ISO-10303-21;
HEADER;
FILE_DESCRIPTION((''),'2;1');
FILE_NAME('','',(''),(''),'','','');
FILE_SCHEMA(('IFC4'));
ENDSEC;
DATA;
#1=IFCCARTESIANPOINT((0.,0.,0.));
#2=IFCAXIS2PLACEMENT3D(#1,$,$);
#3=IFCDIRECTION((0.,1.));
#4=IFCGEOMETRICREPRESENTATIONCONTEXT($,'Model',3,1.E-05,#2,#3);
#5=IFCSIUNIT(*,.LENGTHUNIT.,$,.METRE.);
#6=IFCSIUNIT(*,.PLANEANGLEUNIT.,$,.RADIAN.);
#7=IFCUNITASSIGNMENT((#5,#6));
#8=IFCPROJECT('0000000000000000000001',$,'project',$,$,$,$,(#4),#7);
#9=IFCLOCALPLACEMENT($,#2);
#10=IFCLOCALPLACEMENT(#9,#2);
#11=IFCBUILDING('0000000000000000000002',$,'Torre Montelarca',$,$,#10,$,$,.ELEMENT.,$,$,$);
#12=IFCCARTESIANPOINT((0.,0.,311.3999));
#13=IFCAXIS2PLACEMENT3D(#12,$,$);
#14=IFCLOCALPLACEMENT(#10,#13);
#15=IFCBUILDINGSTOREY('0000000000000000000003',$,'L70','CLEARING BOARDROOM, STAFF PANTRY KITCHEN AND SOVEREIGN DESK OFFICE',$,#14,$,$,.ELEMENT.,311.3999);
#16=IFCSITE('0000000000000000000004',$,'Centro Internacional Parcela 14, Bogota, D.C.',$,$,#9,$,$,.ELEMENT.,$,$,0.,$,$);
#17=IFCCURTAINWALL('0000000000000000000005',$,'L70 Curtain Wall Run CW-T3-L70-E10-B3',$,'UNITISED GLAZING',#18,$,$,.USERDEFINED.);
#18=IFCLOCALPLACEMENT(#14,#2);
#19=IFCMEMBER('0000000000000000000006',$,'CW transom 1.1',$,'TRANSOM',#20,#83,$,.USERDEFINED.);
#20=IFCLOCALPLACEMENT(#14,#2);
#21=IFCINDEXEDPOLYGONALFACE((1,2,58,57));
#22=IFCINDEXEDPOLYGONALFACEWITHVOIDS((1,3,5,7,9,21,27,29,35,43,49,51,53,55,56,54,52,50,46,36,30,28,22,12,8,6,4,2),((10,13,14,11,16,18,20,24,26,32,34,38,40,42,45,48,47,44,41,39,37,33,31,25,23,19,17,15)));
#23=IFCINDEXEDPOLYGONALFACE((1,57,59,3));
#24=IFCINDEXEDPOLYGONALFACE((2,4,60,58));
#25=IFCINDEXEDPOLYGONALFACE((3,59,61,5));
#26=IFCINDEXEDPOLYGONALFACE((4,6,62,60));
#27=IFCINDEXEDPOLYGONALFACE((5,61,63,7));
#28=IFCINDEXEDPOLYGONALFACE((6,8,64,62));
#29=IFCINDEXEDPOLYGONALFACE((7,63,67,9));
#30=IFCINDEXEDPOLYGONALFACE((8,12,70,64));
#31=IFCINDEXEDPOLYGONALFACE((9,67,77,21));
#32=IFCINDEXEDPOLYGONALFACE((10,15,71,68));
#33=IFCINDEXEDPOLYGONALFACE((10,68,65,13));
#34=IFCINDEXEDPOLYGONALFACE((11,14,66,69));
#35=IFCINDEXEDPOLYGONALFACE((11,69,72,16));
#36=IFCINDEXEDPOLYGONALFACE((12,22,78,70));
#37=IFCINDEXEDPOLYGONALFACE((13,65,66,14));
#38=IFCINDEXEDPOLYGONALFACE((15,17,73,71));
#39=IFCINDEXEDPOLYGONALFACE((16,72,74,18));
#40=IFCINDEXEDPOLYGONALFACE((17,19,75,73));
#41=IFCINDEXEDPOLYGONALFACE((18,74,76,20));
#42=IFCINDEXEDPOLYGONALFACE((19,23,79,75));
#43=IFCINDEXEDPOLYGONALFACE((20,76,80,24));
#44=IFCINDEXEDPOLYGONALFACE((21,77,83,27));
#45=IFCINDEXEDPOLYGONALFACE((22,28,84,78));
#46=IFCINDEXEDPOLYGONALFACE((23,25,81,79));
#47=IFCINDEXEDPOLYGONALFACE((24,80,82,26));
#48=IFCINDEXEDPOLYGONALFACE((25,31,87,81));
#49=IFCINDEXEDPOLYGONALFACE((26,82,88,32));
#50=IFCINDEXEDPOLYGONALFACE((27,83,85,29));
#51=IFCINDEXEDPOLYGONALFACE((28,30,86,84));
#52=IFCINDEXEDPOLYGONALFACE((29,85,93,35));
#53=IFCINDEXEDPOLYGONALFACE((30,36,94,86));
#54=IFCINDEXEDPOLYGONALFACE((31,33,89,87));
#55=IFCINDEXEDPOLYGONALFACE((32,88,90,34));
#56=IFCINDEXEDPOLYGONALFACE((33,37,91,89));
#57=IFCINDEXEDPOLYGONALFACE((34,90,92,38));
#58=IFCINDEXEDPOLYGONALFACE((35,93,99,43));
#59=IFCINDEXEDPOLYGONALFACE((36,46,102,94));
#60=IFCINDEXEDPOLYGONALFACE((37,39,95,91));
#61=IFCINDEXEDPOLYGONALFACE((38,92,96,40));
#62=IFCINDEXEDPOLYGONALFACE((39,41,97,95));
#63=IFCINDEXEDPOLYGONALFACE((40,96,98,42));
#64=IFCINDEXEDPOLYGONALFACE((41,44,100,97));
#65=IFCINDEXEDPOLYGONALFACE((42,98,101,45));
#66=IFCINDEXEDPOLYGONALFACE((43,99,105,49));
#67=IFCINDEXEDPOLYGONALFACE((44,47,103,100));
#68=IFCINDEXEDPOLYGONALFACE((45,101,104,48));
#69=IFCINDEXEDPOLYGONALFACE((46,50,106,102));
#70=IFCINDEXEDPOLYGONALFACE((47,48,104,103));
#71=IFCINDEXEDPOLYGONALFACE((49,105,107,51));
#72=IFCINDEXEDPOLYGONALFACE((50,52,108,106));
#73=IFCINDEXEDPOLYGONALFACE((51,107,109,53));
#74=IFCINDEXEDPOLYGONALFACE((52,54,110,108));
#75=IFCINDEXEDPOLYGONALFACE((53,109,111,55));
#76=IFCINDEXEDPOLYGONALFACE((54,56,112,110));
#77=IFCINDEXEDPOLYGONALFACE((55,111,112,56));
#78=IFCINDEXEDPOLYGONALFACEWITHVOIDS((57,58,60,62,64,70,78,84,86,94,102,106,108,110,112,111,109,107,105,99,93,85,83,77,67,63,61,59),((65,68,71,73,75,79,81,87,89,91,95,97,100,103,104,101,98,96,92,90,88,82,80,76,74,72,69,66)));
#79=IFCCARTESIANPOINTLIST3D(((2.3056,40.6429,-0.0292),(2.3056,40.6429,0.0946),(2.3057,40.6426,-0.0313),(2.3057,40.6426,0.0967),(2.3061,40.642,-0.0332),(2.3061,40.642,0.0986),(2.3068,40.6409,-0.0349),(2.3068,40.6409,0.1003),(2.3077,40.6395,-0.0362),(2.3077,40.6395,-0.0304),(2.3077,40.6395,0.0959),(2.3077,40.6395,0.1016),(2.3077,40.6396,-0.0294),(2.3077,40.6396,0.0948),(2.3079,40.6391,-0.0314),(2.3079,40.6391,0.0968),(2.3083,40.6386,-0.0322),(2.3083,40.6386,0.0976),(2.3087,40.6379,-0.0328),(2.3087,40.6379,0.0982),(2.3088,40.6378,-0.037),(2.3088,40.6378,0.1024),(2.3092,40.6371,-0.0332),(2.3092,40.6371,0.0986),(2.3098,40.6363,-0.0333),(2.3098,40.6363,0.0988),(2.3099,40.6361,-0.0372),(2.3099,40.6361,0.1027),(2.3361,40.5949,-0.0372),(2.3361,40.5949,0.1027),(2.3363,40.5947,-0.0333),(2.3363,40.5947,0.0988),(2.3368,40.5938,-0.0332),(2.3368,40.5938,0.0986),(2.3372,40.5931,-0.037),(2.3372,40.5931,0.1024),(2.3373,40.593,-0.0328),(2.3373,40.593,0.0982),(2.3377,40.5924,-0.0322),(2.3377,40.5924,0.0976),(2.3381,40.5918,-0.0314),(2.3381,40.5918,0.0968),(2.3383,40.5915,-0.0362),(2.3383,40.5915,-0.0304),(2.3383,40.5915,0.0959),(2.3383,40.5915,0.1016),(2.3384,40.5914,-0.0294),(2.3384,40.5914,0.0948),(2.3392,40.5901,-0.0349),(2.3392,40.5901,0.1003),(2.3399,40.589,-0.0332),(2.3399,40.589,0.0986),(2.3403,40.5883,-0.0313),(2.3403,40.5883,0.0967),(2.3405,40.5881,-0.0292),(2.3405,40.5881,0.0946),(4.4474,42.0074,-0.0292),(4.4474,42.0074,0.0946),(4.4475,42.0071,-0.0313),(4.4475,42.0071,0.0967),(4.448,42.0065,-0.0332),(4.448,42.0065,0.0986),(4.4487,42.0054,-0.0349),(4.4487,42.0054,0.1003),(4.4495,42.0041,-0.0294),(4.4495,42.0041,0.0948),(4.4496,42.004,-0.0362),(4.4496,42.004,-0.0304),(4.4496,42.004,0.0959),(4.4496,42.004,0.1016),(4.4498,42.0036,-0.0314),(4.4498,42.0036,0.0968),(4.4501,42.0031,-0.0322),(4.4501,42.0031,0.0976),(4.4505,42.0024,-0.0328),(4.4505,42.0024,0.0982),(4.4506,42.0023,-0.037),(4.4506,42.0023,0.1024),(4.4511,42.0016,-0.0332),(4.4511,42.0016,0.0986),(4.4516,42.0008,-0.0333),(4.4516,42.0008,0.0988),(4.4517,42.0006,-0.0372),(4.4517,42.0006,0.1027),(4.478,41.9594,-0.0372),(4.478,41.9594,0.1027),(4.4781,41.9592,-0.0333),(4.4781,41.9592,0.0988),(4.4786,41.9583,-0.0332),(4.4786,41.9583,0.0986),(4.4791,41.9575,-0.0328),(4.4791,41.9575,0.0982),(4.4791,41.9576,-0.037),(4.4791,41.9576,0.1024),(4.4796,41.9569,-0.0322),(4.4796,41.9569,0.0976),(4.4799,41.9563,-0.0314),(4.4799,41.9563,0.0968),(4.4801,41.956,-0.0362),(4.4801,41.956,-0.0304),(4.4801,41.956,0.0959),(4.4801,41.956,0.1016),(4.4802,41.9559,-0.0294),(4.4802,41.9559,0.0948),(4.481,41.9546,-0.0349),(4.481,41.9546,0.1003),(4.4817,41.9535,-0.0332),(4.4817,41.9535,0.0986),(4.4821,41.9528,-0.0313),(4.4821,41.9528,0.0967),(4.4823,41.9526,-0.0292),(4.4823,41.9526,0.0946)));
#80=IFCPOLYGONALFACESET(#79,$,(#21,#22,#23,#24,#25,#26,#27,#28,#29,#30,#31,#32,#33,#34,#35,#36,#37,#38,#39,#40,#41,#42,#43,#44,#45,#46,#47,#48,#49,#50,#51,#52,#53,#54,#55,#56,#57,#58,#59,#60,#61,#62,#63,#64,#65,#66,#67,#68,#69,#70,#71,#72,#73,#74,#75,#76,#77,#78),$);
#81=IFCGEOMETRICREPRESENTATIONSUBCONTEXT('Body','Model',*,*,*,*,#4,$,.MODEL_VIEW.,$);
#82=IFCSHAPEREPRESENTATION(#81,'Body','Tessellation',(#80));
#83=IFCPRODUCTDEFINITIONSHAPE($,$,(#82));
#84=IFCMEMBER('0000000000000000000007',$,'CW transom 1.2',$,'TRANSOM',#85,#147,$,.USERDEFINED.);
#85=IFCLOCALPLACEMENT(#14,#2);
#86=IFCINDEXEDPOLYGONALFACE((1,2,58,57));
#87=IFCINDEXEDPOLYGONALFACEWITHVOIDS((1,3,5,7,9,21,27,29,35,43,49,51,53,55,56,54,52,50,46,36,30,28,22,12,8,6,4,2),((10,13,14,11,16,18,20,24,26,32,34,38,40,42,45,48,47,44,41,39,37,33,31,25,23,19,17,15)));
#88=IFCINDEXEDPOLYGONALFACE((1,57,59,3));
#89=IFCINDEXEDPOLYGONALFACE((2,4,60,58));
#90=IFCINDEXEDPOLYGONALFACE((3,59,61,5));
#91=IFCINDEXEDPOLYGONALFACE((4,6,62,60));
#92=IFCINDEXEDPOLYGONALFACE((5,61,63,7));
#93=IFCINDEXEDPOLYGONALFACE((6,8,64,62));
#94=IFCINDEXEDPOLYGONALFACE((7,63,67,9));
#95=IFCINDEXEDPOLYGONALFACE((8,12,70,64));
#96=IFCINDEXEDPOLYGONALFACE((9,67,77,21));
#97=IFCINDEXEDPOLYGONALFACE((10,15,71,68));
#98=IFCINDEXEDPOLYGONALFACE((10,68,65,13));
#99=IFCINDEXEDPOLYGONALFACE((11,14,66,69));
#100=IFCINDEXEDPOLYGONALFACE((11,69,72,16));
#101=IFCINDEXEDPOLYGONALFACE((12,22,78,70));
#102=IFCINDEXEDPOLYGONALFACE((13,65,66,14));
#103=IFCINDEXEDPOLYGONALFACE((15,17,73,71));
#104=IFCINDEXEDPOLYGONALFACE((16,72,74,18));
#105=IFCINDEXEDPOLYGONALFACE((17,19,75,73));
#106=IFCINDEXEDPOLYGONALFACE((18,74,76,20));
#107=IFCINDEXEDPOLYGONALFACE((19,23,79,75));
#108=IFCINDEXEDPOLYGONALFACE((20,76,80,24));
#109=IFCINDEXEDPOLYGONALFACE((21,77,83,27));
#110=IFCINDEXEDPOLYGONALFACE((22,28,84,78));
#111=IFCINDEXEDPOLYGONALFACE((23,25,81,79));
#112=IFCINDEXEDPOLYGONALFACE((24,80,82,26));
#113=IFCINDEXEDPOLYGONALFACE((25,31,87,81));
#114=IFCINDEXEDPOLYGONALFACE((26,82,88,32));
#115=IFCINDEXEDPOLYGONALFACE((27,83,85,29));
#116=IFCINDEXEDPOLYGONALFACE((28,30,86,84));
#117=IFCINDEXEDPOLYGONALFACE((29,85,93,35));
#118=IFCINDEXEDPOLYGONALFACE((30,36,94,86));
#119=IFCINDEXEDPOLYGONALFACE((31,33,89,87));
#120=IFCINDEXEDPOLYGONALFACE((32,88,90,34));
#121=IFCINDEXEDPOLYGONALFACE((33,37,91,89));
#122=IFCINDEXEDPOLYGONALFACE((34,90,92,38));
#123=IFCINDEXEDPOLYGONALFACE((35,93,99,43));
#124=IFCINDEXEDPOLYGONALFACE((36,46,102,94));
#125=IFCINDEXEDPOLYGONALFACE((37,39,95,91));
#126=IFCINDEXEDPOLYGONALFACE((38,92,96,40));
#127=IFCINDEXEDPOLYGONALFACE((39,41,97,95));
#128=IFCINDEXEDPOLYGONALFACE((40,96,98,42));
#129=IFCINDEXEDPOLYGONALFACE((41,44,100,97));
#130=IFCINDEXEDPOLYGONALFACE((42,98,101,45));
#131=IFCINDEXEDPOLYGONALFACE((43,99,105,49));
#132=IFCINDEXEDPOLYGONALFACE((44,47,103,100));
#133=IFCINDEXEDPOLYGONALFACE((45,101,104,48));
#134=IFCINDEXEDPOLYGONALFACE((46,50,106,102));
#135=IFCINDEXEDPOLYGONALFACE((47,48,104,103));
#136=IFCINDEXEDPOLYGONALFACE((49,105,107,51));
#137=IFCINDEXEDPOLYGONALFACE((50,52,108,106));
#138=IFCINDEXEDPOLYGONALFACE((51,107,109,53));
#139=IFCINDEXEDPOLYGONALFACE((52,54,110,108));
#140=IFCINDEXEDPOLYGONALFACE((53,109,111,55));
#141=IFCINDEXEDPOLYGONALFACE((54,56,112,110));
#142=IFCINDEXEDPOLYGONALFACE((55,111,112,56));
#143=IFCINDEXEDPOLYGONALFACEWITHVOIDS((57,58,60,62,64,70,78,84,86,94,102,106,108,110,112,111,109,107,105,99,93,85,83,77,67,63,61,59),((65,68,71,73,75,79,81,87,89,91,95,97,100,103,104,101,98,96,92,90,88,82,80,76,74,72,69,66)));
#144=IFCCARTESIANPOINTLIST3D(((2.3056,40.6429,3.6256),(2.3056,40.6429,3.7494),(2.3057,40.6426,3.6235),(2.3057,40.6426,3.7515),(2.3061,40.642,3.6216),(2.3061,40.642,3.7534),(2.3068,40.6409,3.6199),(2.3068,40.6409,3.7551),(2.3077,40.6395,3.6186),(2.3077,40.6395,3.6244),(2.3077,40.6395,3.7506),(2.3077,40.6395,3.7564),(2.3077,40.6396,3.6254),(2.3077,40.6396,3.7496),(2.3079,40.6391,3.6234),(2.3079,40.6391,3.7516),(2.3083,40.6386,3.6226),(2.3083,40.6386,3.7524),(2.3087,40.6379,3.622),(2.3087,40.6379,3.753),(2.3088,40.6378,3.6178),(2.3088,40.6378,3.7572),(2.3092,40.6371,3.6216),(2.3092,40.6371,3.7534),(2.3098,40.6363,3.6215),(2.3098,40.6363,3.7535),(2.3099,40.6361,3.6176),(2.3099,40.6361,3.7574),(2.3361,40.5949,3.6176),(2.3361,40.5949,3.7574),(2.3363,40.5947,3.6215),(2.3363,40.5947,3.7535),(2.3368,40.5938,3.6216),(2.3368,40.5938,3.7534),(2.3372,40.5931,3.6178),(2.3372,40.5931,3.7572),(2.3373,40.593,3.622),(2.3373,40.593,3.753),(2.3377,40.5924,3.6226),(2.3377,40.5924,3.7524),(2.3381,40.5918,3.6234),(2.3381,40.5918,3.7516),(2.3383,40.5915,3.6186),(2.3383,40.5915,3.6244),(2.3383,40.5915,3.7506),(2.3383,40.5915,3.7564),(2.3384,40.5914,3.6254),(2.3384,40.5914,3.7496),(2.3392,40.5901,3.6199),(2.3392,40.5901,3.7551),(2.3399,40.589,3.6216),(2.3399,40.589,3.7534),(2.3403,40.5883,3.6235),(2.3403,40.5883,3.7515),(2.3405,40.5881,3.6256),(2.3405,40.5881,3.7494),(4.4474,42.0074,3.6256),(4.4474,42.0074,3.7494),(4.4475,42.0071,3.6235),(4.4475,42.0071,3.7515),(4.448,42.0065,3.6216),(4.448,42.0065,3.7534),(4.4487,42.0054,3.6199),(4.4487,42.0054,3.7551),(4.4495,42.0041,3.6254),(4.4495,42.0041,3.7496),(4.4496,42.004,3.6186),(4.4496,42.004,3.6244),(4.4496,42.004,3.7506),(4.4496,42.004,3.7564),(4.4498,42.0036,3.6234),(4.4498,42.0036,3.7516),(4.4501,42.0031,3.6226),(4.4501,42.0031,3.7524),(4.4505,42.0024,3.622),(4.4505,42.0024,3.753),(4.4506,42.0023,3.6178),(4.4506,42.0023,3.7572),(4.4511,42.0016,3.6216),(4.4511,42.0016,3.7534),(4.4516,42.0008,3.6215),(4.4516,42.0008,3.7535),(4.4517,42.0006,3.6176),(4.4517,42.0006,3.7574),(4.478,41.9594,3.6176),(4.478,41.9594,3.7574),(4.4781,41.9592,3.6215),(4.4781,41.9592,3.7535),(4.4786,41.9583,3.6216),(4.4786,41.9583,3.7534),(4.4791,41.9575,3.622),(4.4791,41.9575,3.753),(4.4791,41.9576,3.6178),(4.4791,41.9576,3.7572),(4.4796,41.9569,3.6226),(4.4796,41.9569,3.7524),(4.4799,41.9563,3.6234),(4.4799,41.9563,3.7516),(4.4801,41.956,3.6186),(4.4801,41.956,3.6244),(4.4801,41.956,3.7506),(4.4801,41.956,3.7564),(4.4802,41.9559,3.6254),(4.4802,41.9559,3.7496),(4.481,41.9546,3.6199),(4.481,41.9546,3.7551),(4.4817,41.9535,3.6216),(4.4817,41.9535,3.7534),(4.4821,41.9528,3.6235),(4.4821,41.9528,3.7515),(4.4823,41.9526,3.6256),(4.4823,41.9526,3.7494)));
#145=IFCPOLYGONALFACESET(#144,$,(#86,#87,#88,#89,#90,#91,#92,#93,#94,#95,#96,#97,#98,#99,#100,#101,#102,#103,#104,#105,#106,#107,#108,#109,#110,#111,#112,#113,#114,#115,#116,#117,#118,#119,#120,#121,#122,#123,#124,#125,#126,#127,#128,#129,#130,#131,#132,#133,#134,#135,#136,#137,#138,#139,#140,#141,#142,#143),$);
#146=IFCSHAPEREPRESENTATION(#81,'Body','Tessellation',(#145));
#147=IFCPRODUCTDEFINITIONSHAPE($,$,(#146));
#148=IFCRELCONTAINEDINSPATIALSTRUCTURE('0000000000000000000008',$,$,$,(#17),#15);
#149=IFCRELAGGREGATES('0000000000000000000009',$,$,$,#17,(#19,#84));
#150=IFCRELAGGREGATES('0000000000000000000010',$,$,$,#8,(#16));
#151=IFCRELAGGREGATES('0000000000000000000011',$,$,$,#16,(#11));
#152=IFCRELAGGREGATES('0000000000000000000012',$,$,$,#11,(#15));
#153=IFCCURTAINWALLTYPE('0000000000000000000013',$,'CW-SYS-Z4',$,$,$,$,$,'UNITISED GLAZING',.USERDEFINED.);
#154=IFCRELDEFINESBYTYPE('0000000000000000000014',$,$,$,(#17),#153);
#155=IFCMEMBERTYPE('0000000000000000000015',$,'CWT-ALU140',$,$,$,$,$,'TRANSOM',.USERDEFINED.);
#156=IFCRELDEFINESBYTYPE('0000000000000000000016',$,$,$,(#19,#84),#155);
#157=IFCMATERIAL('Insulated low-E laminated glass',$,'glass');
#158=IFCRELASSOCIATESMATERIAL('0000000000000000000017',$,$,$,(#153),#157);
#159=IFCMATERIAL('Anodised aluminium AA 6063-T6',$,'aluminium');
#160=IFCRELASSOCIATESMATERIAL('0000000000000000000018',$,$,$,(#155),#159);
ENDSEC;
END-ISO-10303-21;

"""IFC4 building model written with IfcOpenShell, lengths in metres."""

from ifc_helpers import new_model, si_unit, direction, frame, origin, origin_2d, place, context, subcontext, project, spatial, hollow_rectangle, extrude, source, transform, mapped, material, material_profile, profile_set, type_object, element, aggregate, save


model = new_model("IFC4")

# Units and contexts
model_context = context("Model", 3, precision=1e-05, world=origin(), true_north=direction((0.0, 1.0)))
body_context = subcontext(model_context, "Body", "Model", "MODEL_VIEW")
ifc_project = project(units=[si_unit("LENGTHUNIT", "METRE"), si_unit("PLANEANGLEUNIT", "RADIAN")], contexts=[model_context])

# Site, building, storey
site_placement = place(None, origin())
site = spatial("IfcSite", under=ifc_project, at=site_placement, Name="Centro Internacional Parcela 14, Bogota, D.C.", CompositionType="ELEMENT", RefElevation=0.0)
building_placement = place(site_placement, origin())
building = spatial("IfcBuilding", under=site, at=building_placement, Name="Torre Montelarca", CompositionType="ELEMENT")
storey_placement = place(building_placement, frame((0.0, 0.0, 311.3999)))
storey = spatial("IfcBuildingStorey", under=building, at=storey_placement, Name="L70", Description="CLEARING BOARDROOM, STAFF PANTRY KITCHEN AND SOVEREIGN DESK OFFICE", CompositionType="ELEMENT", Elevation=311.3999)

# Curtain wall
ifc_material_1 = material(Name="Insulated low-E laminated glass", Category="glass")
curtain_wall_type = type_object("IfcCurtainWallType", Name="CW-SYS-Z4", ElementType="UNITISED GLAZING", PredefinedType="USERDEFINED", material=ifc_material_1)
ifc_material_2 = material(Name="Anodised aluminium AA 6063-T6", Category="aluminium")
curtain_wall_1_placement = place(storey_placement, origin())
curtain_wall_1 = element("IfcCurtainWall", 1, at=curtain_wall_1_placement, inside=storey, type_object=curtain_wall_type, Name="L70 Curtain Wall Run CW-T3-L70-E10-B3", ObjectType="UNITISED GLAZING", PredefinedType="USERDEFINED")

# Members
ifc_material_profile_1 = material_profile(ifc_material_2, hollow_rectangle(XDim=0.0649, YDim=0.1399, WallThickness=0.0039, InnerFilletRadius=0.0039, OuterFilletRadius=0.0081, at=origin_2d()), Name="ALU65X140X4", Category="aluminium")
ifc_profile_set_1 = profile_set([ifc_material_profile_1], Name="Anodised aluminium AA 6063-T6")
member_type_1 = type_object("IfcMemberType", Name="CWT-ALU140", ElementType="TRANSOM", PredefinedType="USERDEFINED", material=ifc_profile_set_1)
shared_shape_1 = source(origin(), body_context, "Body", "SweptSolid", [
    extrude(hollow_rectangle(XDim=0.0649, YDim=0.1399, WallThickness=0.0039, InnerFilletRadius=0.0039, OuterFilletRadius=0.0081, at=origin_2d()), origin(), (0.0, 0.0, 1.0), 2.5396),
])
member_1_placement = place(storey_placement, frame((4.4648, 41.98, 0.0327), z_axis=(-0.843392, -0.537298, 0.0), x_axis=(0.537298, -0.843392, 0.0)))
member_1 = element("IfcMember", 2, at=member_1_placement, type_object=member_type_1, Name="CW transom 1.1", ObjectType="TRANSOM", PredefinedType="USERDEFINED", context=body_context, shape_type="MappedRepresentation", body=[
    mapped(shared_shape_1, transform((0.0, 0.0, 0.0), scale=1.0)),
])
member_2_placement = place(storey_placement, frame((4.4648, 41.98, 3.6875), z_axis=(-0.843392, -0.537298, 0.0), x_axis=(0.537298, -0.843392, 0.0)))
member_2 = element("IfcMember", 3, at=member_2_placement, type_object=member_type_1, Name="CW transom 1.2", ObjectType="TRANSOM", PredefinedType="USERDEFINED", context=body_context, shape_type="MappedRepresentation", body=[
    mapped(shared_shape_1, transform((0.0, 0.0, 0.0), scale=1.0)),
])

aggregate(curtain_wall_1, [member_1, member_2])

save(model, "model.ifc")
